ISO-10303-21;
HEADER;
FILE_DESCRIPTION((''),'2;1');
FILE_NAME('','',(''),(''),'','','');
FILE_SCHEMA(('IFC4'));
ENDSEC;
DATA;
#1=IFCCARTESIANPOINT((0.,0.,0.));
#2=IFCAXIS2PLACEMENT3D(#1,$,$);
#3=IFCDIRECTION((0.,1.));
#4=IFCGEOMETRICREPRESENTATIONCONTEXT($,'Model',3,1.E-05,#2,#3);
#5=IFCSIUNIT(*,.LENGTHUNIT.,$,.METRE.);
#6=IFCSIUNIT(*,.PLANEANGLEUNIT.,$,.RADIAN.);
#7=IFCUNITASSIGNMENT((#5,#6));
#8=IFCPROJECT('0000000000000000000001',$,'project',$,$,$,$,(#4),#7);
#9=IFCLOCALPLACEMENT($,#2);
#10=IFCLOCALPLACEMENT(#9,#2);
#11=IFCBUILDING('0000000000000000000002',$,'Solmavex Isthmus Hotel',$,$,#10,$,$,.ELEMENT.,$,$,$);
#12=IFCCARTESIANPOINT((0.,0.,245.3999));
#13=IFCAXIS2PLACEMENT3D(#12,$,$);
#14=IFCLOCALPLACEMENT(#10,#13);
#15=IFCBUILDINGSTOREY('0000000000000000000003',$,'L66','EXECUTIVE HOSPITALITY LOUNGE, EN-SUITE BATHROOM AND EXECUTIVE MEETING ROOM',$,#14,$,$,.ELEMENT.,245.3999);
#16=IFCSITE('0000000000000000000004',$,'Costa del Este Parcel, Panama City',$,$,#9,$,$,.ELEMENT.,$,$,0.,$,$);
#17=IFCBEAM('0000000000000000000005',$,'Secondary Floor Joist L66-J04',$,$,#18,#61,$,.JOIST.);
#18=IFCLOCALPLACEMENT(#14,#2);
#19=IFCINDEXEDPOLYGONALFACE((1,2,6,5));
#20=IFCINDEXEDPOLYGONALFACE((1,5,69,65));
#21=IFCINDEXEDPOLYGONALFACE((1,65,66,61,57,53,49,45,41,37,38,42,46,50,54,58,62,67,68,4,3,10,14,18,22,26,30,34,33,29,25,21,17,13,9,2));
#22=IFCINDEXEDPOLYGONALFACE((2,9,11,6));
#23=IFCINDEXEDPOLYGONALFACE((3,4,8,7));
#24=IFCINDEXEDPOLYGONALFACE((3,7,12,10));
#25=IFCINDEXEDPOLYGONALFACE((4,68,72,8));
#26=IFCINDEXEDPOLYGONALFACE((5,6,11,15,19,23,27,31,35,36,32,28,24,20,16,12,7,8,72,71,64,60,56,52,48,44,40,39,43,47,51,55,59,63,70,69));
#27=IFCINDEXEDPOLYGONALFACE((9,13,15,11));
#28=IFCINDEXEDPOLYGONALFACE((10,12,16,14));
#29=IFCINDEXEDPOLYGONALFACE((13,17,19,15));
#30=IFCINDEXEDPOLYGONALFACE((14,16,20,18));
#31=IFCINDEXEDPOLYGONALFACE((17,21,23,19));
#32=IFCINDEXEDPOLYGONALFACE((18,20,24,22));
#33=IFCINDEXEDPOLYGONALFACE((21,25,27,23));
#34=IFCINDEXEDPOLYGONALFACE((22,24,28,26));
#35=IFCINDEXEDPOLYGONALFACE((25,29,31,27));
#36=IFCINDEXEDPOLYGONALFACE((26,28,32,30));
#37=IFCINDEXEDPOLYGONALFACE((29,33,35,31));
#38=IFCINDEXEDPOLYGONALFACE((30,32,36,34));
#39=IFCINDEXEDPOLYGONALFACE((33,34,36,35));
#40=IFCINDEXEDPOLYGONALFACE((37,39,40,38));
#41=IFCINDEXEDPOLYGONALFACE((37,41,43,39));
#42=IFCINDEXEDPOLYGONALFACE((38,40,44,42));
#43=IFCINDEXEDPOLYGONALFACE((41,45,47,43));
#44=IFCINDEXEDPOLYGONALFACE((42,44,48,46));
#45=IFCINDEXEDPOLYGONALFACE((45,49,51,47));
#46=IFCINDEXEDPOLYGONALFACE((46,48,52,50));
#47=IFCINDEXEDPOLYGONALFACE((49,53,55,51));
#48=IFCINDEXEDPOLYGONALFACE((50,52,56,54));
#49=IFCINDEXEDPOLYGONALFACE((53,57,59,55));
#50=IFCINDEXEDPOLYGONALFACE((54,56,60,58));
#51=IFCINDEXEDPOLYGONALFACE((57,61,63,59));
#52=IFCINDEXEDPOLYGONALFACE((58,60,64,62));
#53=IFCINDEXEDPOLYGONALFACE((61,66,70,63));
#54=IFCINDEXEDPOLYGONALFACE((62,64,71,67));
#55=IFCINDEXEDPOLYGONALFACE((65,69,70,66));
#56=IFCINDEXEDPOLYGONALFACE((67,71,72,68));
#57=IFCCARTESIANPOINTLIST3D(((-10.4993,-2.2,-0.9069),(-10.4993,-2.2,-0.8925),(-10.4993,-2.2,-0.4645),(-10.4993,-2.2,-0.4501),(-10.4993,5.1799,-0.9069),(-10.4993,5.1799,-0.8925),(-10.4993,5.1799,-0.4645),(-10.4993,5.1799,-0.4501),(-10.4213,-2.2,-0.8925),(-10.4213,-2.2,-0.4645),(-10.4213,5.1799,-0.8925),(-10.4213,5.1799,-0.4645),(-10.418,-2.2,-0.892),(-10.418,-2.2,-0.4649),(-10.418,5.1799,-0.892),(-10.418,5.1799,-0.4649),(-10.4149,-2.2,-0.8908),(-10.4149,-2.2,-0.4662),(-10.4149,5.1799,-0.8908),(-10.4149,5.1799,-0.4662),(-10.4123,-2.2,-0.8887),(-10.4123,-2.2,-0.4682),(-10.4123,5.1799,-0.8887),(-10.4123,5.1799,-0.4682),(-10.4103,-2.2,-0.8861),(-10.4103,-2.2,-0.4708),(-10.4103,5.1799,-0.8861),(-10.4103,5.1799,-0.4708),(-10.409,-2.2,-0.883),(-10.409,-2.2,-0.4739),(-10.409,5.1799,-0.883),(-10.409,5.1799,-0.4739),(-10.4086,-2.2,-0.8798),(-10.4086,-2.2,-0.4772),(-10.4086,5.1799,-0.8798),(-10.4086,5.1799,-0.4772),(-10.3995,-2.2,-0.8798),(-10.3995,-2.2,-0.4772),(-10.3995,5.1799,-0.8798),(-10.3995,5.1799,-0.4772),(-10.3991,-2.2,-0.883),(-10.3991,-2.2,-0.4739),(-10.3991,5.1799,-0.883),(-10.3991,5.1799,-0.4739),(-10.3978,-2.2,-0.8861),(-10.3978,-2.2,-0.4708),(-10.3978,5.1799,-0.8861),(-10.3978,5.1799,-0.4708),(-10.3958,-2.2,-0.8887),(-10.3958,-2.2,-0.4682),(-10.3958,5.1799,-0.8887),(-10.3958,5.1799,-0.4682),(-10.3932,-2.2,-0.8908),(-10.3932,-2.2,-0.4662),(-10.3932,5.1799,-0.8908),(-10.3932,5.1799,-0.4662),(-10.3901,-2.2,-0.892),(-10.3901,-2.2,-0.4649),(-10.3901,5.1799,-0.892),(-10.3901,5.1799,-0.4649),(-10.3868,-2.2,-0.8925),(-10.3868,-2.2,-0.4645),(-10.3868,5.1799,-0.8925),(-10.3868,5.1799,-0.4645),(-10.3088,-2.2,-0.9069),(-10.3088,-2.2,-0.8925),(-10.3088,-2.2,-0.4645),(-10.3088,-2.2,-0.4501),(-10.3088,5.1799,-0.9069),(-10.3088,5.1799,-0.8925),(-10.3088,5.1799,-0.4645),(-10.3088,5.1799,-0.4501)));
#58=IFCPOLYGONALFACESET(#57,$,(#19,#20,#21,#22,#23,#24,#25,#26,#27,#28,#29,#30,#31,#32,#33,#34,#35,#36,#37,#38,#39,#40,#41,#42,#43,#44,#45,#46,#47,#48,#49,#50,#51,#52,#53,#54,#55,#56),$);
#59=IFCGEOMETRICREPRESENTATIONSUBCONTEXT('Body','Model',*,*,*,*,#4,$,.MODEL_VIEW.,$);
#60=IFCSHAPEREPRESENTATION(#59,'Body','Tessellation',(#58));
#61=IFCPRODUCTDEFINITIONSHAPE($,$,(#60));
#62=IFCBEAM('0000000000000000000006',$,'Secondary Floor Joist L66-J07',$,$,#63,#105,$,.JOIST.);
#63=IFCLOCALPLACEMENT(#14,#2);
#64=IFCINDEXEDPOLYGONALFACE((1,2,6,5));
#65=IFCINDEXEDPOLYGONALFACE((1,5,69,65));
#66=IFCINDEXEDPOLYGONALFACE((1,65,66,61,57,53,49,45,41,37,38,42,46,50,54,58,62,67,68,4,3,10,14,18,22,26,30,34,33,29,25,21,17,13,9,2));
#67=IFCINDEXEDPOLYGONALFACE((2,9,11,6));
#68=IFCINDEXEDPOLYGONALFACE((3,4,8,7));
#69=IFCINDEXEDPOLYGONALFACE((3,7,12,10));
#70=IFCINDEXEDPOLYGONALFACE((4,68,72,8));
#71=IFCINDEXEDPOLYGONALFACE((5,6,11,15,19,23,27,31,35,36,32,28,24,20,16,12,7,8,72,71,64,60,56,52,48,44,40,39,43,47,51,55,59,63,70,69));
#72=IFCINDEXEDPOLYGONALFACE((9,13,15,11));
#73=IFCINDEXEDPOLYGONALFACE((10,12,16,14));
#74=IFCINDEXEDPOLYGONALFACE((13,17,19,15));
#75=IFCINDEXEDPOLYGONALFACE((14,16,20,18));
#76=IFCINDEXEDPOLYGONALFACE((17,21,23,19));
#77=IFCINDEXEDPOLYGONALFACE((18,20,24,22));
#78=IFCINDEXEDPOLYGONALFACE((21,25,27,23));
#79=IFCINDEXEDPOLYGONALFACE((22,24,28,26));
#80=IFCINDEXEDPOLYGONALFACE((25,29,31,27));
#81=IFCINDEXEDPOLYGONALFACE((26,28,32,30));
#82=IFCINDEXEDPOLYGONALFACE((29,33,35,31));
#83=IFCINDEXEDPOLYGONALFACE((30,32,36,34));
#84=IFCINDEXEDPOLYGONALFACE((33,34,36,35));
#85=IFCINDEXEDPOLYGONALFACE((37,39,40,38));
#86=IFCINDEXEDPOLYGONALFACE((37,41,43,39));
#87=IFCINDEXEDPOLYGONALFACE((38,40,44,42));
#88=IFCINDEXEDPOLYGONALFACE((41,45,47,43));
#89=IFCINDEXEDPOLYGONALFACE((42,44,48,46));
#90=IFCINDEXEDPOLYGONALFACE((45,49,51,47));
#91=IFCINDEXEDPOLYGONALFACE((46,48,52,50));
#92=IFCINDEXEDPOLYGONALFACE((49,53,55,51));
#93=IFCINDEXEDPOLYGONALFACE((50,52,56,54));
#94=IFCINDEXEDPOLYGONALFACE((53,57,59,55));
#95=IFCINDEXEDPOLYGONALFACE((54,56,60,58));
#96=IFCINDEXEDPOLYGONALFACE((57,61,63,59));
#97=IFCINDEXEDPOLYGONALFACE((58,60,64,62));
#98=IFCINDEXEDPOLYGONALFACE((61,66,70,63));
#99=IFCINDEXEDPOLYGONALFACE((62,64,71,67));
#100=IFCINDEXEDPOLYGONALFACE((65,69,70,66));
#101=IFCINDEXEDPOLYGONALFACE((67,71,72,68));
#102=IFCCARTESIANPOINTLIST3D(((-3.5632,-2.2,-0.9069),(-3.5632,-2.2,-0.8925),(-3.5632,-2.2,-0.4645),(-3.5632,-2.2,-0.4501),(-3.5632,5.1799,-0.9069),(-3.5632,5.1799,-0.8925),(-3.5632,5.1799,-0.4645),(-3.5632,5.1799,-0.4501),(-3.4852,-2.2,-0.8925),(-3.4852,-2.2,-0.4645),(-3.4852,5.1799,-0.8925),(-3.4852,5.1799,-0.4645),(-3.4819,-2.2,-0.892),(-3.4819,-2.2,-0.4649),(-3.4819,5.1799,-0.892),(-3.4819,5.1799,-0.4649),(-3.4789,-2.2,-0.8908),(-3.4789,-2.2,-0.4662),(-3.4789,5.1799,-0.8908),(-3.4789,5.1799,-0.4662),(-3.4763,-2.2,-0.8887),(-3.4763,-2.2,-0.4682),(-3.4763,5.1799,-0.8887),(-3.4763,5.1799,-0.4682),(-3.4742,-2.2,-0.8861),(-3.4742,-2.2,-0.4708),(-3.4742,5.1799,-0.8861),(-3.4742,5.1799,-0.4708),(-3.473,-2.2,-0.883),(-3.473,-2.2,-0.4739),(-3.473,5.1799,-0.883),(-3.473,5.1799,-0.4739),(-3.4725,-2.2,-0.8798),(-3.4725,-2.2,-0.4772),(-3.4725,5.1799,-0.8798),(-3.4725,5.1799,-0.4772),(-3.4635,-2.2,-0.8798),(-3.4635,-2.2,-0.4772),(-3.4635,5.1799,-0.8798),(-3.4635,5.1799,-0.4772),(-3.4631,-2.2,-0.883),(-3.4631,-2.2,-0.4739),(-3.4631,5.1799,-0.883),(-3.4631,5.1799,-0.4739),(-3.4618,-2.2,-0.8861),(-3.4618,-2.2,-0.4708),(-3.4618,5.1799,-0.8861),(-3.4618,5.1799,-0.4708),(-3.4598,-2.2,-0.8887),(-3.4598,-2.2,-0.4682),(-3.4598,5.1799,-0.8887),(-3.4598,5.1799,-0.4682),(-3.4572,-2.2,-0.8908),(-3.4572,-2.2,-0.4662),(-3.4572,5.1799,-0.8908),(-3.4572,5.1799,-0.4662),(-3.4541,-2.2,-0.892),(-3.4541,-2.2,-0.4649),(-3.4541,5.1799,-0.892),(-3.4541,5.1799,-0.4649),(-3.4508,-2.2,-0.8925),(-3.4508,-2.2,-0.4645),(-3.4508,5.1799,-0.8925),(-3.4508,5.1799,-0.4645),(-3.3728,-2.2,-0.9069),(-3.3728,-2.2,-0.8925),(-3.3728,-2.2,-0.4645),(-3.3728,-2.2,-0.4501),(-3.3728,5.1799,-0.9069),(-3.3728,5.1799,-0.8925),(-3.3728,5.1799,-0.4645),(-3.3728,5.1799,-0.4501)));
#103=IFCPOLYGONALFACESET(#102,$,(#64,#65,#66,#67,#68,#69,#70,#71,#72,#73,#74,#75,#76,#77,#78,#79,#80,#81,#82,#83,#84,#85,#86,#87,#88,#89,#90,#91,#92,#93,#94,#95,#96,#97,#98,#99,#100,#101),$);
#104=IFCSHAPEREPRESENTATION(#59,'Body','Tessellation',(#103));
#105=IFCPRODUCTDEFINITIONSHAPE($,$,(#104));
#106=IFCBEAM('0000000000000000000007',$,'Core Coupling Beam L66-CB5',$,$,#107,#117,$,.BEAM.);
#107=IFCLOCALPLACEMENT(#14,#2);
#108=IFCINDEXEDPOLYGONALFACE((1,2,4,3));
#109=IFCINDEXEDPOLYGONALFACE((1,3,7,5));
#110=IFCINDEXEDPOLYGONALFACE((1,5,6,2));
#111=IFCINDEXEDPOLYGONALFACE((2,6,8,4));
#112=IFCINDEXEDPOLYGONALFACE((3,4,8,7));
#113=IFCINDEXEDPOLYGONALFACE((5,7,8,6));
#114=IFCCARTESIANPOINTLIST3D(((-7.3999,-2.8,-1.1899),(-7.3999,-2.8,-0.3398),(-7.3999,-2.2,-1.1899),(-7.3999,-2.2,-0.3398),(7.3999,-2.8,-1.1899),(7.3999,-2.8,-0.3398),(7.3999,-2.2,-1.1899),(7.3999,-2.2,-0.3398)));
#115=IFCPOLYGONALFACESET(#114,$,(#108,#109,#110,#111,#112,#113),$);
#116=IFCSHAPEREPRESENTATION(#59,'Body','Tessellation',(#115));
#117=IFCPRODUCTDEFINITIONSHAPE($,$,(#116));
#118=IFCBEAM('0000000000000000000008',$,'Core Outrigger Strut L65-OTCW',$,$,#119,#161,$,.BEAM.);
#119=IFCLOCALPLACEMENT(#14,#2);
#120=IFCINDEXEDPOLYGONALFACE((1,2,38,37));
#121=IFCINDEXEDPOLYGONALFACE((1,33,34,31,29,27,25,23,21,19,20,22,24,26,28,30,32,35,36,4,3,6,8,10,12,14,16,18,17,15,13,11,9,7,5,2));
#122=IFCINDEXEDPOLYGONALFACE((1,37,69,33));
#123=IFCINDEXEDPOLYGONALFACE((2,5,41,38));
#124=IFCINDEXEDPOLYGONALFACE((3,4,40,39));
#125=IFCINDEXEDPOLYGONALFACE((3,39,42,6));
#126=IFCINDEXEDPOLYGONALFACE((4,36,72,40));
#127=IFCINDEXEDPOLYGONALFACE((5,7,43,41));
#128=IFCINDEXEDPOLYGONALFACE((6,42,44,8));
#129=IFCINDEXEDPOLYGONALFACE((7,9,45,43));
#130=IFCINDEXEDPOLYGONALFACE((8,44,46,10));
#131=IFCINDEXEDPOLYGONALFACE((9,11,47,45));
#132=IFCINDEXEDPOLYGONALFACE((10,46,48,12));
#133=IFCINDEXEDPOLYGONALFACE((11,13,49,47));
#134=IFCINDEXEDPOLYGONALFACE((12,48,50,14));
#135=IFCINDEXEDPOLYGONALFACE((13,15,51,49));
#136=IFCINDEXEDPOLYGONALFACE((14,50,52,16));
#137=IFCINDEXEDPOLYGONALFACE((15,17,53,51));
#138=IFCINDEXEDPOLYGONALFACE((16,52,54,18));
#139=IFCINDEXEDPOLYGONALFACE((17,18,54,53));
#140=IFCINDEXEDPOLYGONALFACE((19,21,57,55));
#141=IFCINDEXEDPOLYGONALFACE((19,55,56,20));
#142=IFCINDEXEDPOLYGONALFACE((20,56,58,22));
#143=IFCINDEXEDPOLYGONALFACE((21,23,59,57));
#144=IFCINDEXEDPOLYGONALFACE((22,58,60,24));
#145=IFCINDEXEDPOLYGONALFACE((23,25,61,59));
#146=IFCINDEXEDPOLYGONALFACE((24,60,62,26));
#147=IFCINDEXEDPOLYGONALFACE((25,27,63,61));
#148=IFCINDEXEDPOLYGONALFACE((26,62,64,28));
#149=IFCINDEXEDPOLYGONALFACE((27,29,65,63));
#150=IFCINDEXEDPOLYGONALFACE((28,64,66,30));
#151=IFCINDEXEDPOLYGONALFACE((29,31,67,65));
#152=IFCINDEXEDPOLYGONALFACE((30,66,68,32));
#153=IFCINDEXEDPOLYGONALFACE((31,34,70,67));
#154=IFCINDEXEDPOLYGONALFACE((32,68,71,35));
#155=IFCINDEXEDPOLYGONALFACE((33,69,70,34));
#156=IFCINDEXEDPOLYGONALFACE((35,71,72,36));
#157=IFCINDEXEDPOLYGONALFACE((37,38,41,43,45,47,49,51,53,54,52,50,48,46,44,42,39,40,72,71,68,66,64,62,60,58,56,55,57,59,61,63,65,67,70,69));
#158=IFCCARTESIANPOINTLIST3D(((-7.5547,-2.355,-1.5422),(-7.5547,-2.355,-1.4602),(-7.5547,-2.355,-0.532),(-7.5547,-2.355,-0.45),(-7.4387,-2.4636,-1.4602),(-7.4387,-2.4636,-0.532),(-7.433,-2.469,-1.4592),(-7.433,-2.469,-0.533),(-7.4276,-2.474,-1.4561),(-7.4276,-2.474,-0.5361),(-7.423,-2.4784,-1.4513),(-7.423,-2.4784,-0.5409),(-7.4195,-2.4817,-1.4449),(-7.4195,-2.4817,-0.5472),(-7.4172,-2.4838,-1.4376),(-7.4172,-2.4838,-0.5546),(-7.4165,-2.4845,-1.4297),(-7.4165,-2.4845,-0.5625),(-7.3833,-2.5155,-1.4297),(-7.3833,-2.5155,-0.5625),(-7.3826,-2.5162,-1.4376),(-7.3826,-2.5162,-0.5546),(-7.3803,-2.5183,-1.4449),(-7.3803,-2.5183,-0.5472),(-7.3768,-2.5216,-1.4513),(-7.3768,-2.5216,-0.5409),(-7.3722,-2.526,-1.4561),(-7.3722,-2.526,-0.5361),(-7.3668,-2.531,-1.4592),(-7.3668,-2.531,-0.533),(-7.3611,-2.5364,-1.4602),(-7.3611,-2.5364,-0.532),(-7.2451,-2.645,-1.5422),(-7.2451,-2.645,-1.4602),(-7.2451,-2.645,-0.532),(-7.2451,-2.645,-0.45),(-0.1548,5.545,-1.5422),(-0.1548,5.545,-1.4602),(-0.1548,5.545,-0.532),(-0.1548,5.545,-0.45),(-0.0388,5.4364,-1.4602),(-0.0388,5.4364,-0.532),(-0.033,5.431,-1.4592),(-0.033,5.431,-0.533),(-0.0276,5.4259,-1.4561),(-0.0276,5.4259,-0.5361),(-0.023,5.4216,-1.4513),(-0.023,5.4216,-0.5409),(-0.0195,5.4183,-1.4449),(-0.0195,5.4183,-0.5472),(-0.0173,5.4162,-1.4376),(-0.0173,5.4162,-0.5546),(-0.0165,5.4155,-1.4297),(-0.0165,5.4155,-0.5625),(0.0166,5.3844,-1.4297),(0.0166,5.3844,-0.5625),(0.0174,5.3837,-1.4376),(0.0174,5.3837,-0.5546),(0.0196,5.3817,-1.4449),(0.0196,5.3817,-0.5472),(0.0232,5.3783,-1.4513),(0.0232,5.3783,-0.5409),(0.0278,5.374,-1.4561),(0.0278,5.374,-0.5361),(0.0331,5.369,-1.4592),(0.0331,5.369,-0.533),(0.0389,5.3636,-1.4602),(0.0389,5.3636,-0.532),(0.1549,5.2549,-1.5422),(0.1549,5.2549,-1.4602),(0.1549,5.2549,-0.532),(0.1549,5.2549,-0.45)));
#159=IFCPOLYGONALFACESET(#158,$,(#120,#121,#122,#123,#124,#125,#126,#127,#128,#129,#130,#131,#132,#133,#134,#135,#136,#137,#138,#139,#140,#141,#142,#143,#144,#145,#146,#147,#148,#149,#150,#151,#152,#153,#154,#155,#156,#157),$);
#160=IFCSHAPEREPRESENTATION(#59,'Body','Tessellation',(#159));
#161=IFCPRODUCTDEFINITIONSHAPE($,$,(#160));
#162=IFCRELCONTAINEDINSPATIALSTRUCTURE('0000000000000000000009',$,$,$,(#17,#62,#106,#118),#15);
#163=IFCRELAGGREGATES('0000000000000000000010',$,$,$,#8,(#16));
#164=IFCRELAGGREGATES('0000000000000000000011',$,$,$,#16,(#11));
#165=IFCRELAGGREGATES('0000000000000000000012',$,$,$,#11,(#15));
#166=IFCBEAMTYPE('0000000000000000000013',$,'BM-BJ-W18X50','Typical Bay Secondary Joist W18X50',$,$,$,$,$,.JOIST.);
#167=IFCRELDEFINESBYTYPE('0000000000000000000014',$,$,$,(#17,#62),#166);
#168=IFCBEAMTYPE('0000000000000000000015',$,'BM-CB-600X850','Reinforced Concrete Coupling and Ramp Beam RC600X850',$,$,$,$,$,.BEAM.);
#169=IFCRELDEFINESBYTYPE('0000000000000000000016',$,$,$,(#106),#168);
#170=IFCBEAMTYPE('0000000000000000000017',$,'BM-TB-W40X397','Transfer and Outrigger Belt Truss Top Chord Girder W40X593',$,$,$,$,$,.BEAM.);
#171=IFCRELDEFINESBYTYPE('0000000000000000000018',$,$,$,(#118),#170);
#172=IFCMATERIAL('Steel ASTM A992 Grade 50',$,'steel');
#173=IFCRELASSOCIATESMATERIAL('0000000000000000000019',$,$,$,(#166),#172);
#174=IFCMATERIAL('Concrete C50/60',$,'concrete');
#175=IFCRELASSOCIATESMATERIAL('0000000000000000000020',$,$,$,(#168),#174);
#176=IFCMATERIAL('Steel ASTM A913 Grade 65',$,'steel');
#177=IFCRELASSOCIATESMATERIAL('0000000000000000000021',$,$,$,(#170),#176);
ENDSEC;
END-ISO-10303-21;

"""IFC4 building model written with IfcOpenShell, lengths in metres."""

from ifc_helpers import new_model, si_unit, direction, frame, origin, origin_2d, place, context, subcontext, project, spatial, rectangle, i_section, extrude, material, material_profile, profile_set, type_object, element, save


model = new_model("IFC4")

# Units and contexts
model_context = context("Model", 3, precision=1e-05, world=origin(), true_north=direction((0.0, 1.0)))
body_context = subcontext(model_context, "Body", "Model", "MODEL_VIEW")
ifc_project = project(units=[si_unit("LENGTHUNIT", "METRE"), si_unit("PLANEANGLEUNIT", "RADIAN")], contexts=[model_context])

# Site, building, storey
site_placement = place(None, origin())
site = spatial("IfcSite", under=ifc_project, at=site_placement, Name="Costa del Este Parcel, Panama City", CompositionType="ELEMENT", RefElevation=0.0)
building_placement = place(site_placement, origin())
building = spatial("IfcBuilding", under=site, at=building_placement, Name="Solmavex Isthmus Hotel", CompositionType="ELEMENT")
storey_placement = place(building_placement, frame((0.0, 0.0, 245.3999)))
storey = spatial("IfcBuildingStorey", under=building, at=storey_placement, Name="L66", Description="EXECUTIVE HOSPITALITY LOUNGE, EN-SUITE BATHROOM AND EXECUTIVE MEETING ROOM", CompositionType="ELEMENT", Elevation=245.3999)

# Shared definitions
ifc_material_1 = material(Name="Concrete C50/60", Category="concrete")
ifc_material_2 = material(Name="Steel ASTM A913 Grade 65", Category="steel")

# Beams
ifc_material_3 = material(Name="Steel ASTM A992 Grade 50", Category="steel")
ifc_material_profile_1 = material_profile(ifc_material_3, i_section(OverallWidth=0.1904, OverallDepth=0.4568, WebThickness=0.009, FlangeThickness=0.0144, FilletRadius=0.0127, at=origin_2d()), Name="W18X50")
ifc_profile_set_1 = profile_set([ifc_material_profile_1], Name="Steel ASTM A992 Grade 50")
beam_type_1 = type_object("IfcBeamType", Name="BM-BJ-W18X50", Description="Typical Bay Secondary Joist W18X50", PredefinedType="JOIST", material=ifc_profile_set_1)
for number, where, z_axis, x_axis, name in (
    (1, (-10.4041, -2.2, -0.6785), (0.0, 1.0, 0.0), (-1.0, 0.0, 0.0), "Secondary Floor Joist L66-J04"),
    (2, (-3.468, -2.2, -0.6785), (0.0, 1.0, 0.0), (-1.0, 0.0, 0.0), "Secondary Floor Joist L66-J07"),
):
    element("IfcBeam", number, at=place(storey_placement, frame(where, z_axis=z_axis, x_axis=x_axis)), inside=storey, type_object=beam_type_1, Name=name, PredefinedType="JOIST", context=body_context, shape_type="SweptSolid", body=[
        extrude(i_section(OverallWidth=0.1904, OverallDepth=0.4568, WebThickness=0.009, FlangeThickness=0.0144, FilletRadius=0.0127, at=origin_2d()), origin(), (0.0, 0.0, 1.0), 7.3799),
    ])
ifc_material_profile_2 = material_profile(ifc_material_1, rectangle(XDim=0.6001, YDim=0.8501, at=origin_2d()), Name="RC600X850")
ifc_profile_set_2 = profile_set([ifc_material_profile_2], Name="Concrete C50/60")
beam_type_2 = type_object("IfcBeamType", Name="BM-CB-600X850", Description="Reinforced Concrete Coupling and Ramp Beam RC600X850", PredefinedType="BEAM", material=ifc_profile_set_2)
beam_1_placement = place(storey_placement, frame((-7.3999, -2.5, -0.7649), z_axis=(1.0, 0.0, 0.0), x_axis=(0.0, 1.0, 0.0)))
element("IfcBeam", 3, at=beam_1_placement, inside=storey, type_object=beam_type_2, Name="Core Coupling Beam L66-CB5", PredefinedType="BEAM", context=body_context, shape_type="SweptSolid", body=[
    extrude(rectangle(XDim=0.6001, YDim=0.8501, at=origin_2d()), origin(), (0.0, 0.0, 1.0), 14.7998),
])
ifc_material_profile_3 = material_profile(ifc_material_2, i_section(OverallWidth=0.4243, OverallDepth=1.0923, WebThickness=0.0454, FlangeThickness=0.082, FilletRadius=0.0305, at=origin_2d()), Name="W40X593")
ifc_profile_set_3 = profile_set([ifc_material_profile_3], Name="Steel ASTM A913 Grade 65")
beam_type_3 = type_object("IfcBeamType", Name="BM-TB-W40X397", Description="Transfer and Outrigger Belt Truss Top Chord Girder W40X593", PredefinedType="BEAM", material=ifc_profile_set_3)
beam_2_placement = place(storey_placement, frame((-7.3999, -2.5, -0.9961), z_axis=(0.683633, 0.729826, 0.0), x_axis=(-0.729826, 0.683633, 0.0)))
element("IfcBeam", 4, at=beam_2_placement, inside=storey, type_object=beam_type_3, Name="Core Outrigger Strut L65-OTCW", PredefinedType="BEAM", context=body_context, shape_type="SweptSolid", body=[
    extrude(i_section(OverallWidth=0.4243, OverallDepth=1.0923, WebThickness=0.0454, FlangeThickness=0.082, FilletRadius=0.0305, at=origin_2d()), origin(), (0.0, 0.0, 1.0), 10.8245),
])

save(model, "model.ifc")
